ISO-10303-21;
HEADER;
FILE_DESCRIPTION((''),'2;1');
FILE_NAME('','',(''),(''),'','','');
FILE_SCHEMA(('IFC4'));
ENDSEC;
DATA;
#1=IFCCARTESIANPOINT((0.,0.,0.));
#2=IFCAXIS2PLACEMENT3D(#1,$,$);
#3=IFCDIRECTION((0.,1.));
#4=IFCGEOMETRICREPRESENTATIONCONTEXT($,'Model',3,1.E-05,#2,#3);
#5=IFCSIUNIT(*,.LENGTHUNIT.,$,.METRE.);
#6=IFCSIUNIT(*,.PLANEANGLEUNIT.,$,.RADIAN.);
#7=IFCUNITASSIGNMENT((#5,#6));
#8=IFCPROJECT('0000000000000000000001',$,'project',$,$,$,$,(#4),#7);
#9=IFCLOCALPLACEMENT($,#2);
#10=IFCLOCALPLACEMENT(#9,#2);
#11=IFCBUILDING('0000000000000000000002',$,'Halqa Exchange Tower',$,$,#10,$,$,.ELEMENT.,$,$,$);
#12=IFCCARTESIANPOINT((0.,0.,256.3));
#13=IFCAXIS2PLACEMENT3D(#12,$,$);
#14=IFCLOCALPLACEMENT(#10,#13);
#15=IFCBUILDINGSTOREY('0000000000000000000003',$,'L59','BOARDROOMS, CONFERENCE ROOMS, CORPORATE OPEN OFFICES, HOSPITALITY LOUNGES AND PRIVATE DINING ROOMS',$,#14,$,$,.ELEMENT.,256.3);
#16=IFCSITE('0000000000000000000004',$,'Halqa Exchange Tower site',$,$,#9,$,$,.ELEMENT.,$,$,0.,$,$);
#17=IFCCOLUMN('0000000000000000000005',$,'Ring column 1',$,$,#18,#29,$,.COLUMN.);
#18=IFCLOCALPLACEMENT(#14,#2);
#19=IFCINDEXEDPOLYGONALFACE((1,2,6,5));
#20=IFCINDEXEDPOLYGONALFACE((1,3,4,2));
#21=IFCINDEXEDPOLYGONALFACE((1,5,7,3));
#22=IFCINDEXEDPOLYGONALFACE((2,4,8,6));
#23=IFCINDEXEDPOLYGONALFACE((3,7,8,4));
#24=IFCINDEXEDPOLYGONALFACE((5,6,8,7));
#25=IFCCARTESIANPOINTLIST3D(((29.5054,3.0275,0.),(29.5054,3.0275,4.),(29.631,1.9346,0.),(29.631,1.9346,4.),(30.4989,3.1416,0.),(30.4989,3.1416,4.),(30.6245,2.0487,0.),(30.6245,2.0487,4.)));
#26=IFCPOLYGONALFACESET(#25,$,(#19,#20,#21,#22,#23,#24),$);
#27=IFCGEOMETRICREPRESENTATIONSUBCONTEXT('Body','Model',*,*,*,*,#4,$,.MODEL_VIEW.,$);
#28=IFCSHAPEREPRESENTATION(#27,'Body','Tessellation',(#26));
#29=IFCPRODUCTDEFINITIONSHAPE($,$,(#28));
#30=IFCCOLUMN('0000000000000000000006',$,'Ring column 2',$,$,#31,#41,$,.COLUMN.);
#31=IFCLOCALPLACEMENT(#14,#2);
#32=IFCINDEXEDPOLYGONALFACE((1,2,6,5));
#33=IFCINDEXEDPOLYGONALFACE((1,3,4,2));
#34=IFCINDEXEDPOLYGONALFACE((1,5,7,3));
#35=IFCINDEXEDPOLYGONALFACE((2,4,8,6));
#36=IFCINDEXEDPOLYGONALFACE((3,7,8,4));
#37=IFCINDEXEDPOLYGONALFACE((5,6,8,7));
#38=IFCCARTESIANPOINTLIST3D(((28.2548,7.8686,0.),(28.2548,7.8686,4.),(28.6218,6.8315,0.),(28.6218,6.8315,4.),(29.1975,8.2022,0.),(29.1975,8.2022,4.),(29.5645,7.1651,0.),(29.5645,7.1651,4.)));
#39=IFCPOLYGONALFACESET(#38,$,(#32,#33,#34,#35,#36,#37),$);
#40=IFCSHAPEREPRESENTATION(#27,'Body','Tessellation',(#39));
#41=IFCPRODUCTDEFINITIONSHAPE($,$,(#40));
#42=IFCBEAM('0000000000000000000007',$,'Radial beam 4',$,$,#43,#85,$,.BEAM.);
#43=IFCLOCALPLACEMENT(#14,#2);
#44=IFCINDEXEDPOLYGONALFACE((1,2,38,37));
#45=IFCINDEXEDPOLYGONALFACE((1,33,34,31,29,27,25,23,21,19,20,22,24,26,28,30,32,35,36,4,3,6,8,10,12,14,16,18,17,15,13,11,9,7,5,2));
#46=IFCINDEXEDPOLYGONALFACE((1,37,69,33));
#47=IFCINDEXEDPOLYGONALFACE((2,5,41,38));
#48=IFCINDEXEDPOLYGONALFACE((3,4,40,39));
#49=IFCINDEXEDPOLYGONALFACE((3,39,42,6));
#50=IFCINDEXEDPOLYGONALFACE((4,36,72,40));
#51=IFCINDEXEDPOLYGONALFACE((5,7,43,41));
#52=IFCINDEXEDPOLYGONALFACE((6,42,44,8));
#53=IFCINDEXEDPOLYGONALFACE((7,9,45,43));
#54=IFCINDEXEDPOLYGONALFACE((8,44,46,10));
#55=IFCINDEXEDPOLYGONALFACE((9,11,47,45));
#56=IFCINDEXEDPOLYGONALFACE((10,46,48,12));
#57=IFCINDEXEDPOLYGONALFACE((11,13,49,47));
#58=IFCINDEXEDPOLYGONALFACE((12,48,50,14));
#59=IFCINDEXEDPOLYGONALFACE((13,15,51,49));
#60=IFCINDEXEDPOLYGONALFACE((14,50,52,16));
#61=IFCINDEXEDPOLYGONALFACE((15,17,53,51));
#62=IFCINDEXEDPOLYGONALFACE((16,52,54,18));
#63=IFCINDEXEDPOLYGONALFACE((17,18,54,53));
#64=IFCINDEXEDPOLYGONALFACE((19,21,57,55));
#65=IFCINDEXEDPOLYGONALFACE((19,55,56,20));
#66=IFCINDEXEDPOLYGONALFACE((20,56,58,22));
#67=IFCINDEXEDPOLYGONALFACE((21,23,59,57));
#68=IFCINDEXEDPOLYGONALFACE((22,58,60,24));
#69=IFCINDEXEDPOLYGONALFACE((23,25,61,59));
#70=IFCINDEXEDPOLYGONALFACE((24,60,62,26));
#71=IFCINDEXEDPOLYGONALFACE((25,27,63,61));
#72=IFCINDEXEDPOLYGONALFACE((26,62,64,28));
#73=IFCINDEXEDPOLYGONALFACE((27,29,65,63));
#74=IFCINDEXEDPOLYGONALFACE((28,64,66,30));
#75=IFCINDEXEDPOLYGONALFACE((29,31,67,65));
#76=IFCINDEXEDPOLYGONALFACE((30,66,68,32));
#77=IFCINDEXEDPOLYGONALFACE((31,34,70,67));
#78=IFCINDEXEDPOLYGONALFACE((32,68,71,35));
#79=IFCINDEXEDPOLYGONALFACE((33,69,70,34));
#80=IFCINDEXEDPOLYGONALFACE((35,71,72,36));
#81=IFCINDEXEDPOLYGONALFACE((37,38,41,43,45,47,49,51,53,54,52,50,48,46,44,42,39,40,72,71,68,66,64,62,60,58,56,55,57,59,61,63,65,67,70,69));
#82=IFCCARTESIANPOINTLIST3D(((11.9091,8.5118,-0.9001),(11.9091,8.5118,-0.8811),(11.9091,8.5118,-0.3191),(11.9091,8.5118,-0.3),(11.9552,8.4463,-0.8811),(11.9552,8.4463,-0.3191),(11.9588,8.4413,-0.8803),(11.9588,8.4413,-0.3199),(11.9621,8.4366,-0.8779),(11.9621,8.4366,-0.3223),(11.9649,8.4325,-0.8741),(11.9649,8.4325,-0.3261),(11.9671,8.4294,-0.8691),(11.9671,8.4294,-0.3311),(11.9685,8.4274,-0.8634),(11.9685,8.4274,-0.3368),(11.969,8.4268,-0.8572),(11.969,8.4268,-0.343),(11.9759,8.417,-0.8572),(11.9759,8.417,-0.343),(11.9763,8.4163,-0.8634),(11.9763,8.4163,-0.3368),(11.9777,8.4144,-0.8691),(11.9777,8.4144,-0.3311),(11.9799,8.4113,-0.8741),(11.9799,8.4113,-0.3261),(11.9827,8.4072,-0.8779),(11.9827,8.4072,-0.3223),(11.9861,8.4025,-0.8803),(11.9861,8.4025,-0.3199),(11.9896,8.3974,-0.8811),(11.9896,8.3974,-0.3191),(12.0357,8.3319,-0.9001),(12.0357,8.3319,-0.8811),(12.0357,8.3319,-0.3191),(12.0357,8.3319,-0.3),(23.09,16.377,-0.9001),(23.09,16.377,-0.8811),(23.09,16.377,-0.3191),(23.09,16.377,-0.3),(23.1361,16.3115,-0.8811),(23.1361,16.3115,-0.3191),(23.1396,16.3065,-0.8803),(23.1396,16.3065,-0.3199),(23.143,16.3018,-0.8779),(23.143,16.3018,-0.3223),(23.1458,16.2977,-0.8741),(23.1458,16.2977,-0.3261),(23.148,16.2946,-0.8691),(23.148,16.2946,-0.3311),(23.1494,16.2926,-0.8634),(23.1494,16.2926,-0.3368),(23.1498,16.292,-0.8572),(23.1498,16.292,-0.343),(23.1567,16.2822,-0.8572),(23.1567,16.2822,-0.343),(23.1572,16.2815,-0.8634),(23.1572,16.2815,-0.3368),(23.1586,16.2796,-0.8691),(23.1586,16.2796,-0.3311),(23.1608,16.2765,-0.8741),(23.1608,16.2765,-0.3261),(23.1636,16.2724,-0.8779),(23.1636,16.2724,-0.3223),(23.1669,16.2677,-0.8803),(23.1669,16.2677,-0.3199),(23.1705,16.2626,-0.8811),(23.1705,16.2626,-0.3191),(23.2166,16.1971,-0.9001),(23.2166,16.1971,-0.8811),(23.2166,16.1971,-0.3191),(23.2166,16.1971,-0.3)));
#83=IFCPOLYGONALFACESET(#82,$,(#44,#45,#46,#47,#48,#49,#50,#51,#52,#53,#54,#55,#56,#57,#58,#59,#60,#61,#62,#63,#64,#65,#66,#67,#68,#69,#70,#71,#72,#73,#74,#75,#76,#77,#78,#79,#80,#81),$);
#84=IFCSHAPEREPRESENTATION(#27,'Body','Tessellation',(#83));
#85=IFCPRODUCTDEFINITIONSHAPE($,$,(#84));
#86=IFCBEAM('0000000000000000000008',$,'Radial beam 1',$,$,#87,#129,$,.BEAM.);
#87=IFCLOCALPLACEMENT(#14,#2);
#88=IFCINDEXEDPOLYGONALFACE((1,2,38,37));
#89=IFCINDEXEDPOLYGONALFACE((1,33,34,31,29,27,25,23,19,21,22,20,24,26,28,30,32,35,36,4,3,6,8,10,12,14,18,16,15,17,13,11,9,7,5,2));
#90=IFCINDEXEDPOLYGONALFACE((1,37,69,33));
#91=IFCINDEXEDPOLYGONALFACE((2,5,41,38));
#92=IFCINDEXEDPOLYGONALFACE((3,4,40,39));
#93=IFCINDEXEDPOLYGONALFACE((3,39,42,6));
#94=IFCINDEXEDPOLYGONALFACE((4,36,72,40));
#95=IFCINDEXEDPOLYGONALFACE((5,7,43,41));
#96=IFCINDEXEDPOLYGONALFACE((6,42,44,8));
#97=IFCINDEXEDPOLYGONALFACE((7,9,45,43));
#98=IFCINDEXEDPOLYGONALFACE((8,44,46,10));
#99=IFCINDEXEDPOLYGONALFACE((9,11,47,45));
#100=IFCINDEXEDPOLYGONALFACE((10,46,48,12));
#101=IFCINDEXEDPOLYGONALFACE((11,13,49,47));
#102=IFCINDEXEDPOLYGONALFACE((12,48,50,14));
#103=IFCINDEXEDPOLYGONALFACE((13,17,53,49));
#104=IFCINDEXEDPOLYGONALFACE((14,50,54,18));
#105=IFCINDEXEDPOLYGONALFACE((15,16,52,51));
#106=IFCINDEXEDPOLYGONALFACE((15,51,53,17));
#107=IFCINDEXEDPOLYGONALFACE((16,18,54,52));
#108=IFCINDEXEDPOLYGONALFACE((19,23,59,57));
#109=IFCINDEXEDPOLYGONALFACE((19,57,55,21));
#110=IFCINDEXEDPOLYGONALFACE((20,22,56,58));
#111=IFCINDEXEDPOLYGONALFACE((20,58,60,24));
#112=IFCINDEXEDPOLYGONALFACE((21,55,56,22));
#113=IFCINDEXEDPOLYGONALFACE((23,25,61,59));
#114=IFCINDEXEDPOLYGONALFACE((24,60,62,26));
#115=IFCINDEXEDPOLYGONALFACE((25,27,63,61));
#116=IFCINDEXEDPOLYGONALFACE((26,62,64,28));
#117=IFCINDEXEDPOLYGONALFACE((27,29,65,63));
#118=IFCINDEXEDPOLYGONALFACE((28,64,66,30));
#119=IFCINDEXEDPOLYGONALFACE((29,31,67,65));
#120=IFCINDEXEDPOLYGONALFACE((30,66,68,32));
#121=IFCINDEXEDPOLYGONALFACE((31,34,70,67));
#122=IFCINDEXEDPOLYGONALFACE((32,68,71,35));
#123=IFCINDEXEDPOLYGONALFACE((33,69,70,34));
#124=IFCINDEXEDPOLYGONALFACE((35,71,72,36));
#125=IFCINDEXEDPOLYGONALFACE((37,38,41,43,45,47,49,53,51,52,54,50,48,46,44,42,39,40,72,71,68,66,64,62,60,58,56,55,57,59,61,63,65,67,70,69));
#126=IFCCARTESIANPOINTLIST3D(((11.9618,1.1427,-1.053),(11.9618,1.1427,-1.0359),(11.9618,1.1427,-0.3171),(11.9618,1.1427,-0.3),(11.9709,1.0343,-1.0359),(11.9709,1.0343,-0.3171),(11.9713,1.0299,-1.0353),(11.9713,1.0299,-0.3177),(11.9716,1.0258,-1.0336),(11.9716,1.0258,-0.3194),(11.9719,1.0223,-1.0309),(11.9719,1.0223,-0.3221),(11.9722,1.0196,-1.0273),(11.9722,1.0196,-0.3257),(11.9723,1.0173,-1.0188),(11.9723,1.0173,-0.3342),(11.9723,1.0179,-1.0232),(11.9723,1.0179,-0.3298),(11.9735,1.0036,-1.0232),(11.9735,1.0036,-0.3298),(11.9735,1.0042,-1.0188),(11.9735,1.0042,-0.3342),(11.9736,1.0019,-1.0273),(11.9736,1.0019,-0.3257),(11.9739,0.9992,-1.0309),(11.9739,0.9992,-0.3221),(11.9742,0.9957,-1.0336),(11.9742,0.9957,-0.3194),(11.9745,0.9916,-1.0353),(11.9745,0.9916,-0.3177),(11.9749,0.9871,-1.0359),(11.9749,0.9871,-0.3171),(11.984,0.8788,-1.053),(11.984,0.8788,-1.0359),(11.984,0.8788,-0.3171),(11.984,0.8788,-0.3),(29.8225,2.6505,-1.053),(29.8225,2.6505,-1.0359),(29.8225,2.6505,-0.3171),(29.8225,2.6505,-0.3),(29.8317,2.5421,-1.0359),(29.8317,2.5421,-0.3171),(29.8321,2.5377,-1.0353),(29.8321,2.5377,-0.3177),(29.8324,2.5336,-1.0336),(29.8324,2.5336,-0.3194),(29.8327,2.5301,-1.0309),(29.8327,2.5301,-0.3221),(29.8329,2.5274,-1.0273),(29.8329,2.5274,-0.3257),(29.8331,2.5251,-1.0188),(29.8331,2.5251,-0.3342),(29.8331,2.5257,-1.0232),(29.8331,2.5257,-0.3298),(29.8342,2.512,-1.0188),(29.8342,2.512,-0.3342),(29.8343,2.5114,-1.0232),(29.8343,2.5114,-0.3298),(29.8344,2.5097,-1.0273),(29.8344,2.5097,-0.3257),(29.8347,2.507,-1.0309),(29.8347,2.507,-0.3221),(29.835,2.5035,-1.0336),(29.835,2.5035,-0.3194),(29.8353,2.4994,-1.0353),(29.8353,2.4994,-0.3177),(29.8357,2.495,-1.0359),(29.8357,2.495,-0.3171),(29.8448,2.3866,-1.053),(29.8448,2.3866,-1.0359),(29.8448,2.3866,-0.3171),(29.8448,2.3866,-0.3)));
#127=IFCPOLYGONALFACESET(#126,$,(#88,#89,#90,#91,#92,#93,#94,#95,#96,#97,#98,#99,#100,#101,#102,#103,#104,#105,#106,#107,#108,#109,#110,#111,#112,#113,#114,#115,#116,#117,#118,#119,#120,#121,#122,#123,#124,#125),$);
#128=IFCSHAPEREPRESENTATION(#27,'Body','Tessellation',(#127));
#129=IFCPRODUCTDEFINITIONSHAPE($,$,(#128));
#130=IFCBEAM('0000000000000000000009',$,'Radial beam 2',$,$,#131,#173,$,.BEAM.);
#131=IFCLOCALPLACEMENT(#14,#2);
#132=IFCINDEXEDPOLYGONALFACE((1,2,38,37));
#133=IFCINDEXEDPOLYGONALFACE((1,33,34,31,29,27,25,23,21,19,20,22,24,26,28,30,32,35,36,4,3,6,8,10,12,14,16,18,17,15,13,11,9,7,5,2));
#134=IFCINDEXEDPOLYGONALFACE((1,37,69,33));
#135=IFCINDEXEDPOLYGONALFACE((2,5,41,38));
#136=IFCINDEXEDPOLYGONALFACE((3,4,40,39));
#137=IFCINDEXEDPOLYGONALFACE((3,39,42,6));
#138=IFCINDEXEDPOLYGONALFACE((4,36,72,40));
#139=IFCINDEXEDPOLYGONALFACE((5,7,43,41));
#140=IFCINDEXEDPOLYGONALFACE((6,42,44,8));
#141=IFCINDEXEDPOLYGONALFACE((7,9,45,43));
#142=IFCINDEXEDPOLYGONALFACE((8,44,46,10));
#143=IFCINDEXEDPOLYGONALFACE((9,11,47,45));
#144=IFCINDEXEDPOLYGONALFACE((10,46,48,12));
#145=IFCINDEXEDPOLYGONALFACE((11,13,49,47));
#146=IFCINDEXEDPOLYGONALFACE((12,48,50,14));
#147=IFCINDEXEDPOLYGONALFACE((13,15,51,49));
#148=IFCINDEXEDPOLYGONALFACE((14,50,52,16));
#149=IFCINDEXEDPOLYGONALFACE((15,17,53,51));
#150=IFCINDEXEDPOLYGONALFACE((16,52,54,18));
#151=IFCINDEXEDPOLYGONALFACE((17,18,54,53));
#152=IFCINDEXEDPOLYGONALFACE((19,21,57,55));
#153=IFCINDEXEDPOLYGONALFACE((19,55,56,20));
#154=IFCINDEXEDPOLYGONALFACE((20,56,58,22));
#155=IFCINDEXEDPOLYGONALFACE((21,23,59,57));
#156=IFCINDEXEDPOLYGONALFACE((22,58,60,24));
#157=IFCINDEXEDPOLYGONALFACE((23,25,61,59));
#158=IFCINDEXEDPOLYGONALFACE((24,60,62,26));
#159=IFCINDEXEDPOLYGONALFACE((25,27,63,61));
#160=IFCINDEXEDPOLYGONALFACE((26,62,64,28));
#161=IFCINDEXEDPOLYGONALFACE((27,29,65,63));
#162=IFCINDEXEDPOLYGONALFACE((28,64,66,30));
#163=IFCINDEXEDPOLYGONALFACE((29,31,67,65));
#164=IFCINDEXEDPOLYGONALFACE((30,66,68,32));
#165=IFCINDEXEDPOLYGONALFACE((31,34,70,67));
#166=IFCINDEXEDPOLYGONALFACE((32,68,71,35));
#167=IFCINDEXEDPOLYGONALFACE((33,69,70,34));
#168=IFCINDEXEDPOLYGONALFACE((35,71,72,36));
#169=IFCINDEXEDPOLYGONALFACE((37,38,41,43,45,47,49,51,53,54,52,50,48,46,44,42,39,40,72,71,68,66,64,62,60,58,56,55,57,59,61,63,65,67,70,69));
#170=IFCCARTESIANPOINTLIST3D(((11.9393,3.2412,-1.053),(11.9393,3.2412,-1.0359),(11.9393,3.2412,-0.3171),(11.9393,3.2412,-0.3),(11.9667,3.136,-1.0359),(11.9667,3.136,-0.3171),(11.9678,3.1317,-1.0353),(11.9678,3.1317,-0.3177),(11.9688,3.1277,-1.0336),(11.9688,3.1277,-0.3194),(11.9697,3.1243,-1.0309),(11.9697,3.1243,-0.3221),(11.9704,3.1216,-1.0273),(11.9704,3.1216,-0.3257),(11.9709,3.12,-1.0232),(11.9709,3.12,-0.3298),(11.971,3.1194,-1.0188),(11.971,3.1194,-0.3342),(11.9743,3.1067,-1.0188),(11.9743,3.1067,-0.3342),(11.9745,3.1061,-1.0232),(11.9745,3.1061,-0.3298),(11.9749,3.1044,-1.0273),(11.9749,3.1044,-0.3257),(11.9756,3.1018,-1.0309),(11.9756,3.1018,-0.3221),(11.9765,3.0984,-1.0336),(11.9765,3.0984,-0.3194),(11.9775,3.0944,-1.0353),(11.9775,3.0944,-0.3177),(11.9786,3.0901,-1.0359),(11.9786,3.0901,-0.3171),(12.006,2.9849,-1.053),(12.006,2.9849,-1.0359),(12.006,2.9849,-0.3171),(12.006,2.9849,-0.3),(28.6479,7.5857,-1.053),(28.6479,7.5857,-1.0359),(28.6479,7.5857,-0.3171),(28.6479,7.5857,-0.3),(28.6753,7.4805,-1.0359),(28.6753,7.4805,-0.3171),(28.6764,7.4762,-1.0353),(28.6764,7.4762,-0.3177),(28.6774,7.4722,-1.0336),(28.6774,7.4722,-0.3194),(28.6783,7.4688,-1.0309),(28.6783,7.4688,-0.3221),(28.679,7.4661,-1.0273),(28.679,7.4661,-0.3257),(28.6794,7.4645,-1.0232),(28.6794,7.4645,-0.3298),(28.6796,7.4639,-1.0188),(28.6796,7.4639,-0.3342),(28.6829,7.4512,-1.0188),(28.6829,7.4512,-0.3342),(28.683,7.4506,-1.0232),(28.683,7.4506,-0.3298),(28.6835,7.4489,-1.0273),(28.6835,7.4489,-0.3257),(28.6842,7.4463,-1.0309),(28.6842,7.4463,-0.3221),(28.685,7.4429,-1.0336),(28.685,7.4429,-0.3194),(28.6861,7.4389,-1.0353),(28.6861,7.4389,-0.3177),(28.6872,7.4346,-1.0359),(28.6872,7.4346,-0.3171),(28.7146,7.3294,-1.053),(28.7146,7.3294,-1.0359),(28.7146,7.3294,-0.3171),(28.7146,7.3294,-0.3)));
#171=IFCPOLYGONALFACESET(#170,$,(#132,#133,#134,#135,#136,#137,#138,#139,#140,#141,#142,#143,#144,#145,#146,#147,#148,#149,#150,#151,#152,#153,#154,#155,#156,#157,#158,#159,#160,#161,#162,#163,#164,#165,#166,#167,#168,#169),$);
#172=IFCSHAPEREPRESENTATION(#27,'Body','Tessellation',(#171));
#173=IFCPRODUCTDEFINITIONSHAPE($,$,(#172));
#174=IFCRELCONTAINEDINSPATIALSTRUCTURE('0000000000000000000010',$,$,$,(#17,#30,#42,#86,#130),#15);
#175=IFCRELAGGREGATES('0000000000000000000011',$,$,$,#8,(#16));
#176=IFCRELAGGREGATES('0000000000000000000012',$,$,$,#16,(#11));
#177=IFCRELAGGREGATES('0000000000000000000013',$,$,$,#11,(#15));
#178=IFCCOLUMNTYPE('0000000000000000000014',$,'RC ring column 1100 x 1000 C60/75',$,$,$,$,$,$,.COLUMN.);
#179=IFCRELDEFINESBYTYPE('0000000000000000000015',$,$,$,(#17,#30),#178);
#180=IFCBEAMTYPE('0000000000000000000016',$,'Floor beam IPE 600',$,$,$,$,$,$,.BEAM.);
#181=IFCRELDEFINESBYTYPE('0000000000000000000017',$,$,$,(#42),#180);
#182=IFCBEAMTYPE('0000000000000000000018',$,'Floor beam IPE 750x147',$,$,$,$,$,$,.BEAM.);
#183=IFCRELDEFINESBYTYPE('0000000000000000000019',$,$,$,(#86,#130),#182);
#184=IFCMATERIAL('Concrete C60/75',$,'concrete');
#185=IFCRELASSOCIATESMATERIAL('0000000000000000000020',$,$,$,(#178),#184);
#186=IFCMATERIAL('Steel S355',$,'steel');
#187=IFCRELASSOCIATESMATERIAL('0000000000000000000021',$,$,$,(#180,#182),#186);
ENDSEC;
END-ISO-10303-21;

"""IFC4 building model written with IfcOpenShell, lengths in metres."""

from ifc_helpers import new_model, si_unit, direction, frame, origin, origin_2d, place, context, subcontext, project, spatial, rectangle, i_section, extrude, material, material_profile, profile_set, type_object, element, save


model = new_model("IFC4")

# Units and contexts
model_context = context("Model", 3, precision=1e-05, world=origin(), true_north=direction((0.0, 1.0)))
body_context = subcontext(model_context, "Body", "Model", "MODEL_VIEW")
ifc_project = project(units=[si_unit("LENGTHUNIT", "METRE"), si_unit("PLANEANGLEUNIT", "RADIAN")], contexts=[model_context])

# Site, building, storey
site_placement = place(None, origin())
site = spatial("IfcSite", under=ifc_project, at=site_placement, Name="Halqa Exchange Tower site", CompositionType="ELEMENT", RefElevation=0.0)
building_placement = place(site_placement, origin())
building = spatial("IfcBuilding", under=site, at=building_placement, Name="Halqa Exchange Tower", CompositionType="ELEMENT")
storey_placement = place(building_placement, frame((0.0, 0.0, 256.3)))
storey = spatial("IfcBuildingStorey", under=building, at=storey_placement, Name="L59", Description="BOARDROOMS, CONFERENCE ROOMS, CORPORATE OPEN OFFICES, HOSPITALITY LOUNGES AND PRIVATE DINING ROOMS", CompositionType="ELEMENT", Elevation=256.3)

# Columns
ifc_material_1 = material(Name="Concrete C60/75", Category="concrete")
ifc_material_profile_1 = material_profile(ifc_material_1, rectangle(XDim=1.1001, YDim=1.0, at=origin_2d()), Name="1100 x 1000")
ifc_profile_set_1 = profile_set([ifc_material_profile_1], Name="Concrete C60/75")
column_type = type_object("IfcColumnType", Name="RC ring column 1100 x 1000 C60/75", PredefinedType="COLUMN", material=ifc_profile_set_1)
for number, where, z_axis, x_axis, name in (
    (1, (30.0649, 2.5381, 0.0), (0.0, 0.0, 1.0), (-0.114159, 0.993463, 0.0), "Ring column 1"),
    (2, (28.9097, 7.5168, 0.0), (0.0, 0.0, 1.0), (-0.333623, 0.942707, 0.0), "Ring column 2"),
):
    element("IfcColumn", number, at=place(storey_placement, frame(where, z_axis=z_axis, x_axis=x_axis)), inside=storey, type_object=column_type, Name=name, PredefinedType="COLUMN", context=body_context, shape_type="SweptSolid", body=[
        extrude(rectangle(XDim=1.1001, YDim=1.0, at=origin_2d()), origin(), (0.0, 0.0, 1.0), 4.0),
    ])

# Beams
ifc_material_2 = material(Name="Steel S355", Category="steel")
ifc_material_profile_2 = material_profile(ifc_material_2, i_section(OverallWidth=0.22, OverallDepth=0.6001, WebThickness=0.012, FlangeThickness=0.019, FilletRadius=0.0239, at=origin_2d()), Name="IPE 600")
ifc_profile_set_2 = profile_set([ifc_material_profile_2], Name="Steel S355")
beam_type_1 = type_object("IfcBeamType", Name="Floor beam IPE 600", PredefinedType="BEAM", material=ifc_profile_set_2)
beam_1_placement = place(storey_placement, frame((11.9724, 8.4219, -0.6001), z_axis=(0.817903, 0.575356, 0.0), x_axis=(-0.575356, 0.817903, 0.0)))
element("IfcBeam", 3, at=beam_1_placement, inside=storey, type_object=beam_type_1, Name="Radial beam 4", PredefinedType="BEAM", context=body_context, shape_type="SweptSolid", body=[
    extrude(i_section(OverallWidth=0.22, OverallDepth=0.6001, WebThickness=0.012, FlangeThickness=0.019, FilletRadius=0.0239, at=origin_2d()), origin(), (0.0, 0.0, 1.0), 13.6702),
])
ifc_material_profile_3 = material_profile(ifc_material_2, i_section(OverallWidth=0.2649, OverallDepth=0.7529, WebThickness=0.0132, FlangeThickness=0.0171, FilletRadius=0.0171, at=origin_2d()), Name="IPE 750x147")
ifc_profile_set_3 = profile_set([ifc_material_profile_3], Name="Steel S355")
beam_type_2 = type_object("IfcBeamType", Name="Floor beam IPE 750x147", PredefinedType="BEAM", material=ifc_profile_set_3)
beam_2_placement = place(storey_placement, frame((11.9729, 1.0107, -0.6765), z_axis=(0.996456, 0.084121, 0.0), x_axis=(-0.084121, 0.996456, 0.0)))
element("IfcBeam", 4, at=beam_2_placement, inside=storey, type_object=beam_type_2, Name="Radial beam 1", PredefinedType="BEAM", context=body_context, shape_type="SweptSolid", body=[
    extrude(i_section(OverallWidth=0.2649, OverallDepth=0.7529, WebThickness=0.0132, FlangeThickness=0.0171, FilletRadius=0.0171, at=origin_2d()), origin(), (0.0, 0.0, 1.0), 17.9243),
])
beam_3_placement = place(storey_placement, frame((11.9727, 3.113, -0.6765), z_axis=(0.967819, 0.251649, 0.0), x_axis=(-0.251649, 0.967819, 0.0)))
element("IfcBeam", 5, at=beam_3_placement, inside=storey, type_object=beam_type_2, Name="Radial beam 2", PredefinedType="BEAM", context=body_context, shape_type="SweptSolid", body=[
    extrude(i_section(OverallWidth=0.2649, OverallDepth=0.7529, WebThickness=0.0132, FlangeThickness=0.0171, FilletRadius=0.0171, at=origin_2d()), origin(), (0.0, 0.0, 1.0), 17.2642),
])

save(model, "model.ifc")
